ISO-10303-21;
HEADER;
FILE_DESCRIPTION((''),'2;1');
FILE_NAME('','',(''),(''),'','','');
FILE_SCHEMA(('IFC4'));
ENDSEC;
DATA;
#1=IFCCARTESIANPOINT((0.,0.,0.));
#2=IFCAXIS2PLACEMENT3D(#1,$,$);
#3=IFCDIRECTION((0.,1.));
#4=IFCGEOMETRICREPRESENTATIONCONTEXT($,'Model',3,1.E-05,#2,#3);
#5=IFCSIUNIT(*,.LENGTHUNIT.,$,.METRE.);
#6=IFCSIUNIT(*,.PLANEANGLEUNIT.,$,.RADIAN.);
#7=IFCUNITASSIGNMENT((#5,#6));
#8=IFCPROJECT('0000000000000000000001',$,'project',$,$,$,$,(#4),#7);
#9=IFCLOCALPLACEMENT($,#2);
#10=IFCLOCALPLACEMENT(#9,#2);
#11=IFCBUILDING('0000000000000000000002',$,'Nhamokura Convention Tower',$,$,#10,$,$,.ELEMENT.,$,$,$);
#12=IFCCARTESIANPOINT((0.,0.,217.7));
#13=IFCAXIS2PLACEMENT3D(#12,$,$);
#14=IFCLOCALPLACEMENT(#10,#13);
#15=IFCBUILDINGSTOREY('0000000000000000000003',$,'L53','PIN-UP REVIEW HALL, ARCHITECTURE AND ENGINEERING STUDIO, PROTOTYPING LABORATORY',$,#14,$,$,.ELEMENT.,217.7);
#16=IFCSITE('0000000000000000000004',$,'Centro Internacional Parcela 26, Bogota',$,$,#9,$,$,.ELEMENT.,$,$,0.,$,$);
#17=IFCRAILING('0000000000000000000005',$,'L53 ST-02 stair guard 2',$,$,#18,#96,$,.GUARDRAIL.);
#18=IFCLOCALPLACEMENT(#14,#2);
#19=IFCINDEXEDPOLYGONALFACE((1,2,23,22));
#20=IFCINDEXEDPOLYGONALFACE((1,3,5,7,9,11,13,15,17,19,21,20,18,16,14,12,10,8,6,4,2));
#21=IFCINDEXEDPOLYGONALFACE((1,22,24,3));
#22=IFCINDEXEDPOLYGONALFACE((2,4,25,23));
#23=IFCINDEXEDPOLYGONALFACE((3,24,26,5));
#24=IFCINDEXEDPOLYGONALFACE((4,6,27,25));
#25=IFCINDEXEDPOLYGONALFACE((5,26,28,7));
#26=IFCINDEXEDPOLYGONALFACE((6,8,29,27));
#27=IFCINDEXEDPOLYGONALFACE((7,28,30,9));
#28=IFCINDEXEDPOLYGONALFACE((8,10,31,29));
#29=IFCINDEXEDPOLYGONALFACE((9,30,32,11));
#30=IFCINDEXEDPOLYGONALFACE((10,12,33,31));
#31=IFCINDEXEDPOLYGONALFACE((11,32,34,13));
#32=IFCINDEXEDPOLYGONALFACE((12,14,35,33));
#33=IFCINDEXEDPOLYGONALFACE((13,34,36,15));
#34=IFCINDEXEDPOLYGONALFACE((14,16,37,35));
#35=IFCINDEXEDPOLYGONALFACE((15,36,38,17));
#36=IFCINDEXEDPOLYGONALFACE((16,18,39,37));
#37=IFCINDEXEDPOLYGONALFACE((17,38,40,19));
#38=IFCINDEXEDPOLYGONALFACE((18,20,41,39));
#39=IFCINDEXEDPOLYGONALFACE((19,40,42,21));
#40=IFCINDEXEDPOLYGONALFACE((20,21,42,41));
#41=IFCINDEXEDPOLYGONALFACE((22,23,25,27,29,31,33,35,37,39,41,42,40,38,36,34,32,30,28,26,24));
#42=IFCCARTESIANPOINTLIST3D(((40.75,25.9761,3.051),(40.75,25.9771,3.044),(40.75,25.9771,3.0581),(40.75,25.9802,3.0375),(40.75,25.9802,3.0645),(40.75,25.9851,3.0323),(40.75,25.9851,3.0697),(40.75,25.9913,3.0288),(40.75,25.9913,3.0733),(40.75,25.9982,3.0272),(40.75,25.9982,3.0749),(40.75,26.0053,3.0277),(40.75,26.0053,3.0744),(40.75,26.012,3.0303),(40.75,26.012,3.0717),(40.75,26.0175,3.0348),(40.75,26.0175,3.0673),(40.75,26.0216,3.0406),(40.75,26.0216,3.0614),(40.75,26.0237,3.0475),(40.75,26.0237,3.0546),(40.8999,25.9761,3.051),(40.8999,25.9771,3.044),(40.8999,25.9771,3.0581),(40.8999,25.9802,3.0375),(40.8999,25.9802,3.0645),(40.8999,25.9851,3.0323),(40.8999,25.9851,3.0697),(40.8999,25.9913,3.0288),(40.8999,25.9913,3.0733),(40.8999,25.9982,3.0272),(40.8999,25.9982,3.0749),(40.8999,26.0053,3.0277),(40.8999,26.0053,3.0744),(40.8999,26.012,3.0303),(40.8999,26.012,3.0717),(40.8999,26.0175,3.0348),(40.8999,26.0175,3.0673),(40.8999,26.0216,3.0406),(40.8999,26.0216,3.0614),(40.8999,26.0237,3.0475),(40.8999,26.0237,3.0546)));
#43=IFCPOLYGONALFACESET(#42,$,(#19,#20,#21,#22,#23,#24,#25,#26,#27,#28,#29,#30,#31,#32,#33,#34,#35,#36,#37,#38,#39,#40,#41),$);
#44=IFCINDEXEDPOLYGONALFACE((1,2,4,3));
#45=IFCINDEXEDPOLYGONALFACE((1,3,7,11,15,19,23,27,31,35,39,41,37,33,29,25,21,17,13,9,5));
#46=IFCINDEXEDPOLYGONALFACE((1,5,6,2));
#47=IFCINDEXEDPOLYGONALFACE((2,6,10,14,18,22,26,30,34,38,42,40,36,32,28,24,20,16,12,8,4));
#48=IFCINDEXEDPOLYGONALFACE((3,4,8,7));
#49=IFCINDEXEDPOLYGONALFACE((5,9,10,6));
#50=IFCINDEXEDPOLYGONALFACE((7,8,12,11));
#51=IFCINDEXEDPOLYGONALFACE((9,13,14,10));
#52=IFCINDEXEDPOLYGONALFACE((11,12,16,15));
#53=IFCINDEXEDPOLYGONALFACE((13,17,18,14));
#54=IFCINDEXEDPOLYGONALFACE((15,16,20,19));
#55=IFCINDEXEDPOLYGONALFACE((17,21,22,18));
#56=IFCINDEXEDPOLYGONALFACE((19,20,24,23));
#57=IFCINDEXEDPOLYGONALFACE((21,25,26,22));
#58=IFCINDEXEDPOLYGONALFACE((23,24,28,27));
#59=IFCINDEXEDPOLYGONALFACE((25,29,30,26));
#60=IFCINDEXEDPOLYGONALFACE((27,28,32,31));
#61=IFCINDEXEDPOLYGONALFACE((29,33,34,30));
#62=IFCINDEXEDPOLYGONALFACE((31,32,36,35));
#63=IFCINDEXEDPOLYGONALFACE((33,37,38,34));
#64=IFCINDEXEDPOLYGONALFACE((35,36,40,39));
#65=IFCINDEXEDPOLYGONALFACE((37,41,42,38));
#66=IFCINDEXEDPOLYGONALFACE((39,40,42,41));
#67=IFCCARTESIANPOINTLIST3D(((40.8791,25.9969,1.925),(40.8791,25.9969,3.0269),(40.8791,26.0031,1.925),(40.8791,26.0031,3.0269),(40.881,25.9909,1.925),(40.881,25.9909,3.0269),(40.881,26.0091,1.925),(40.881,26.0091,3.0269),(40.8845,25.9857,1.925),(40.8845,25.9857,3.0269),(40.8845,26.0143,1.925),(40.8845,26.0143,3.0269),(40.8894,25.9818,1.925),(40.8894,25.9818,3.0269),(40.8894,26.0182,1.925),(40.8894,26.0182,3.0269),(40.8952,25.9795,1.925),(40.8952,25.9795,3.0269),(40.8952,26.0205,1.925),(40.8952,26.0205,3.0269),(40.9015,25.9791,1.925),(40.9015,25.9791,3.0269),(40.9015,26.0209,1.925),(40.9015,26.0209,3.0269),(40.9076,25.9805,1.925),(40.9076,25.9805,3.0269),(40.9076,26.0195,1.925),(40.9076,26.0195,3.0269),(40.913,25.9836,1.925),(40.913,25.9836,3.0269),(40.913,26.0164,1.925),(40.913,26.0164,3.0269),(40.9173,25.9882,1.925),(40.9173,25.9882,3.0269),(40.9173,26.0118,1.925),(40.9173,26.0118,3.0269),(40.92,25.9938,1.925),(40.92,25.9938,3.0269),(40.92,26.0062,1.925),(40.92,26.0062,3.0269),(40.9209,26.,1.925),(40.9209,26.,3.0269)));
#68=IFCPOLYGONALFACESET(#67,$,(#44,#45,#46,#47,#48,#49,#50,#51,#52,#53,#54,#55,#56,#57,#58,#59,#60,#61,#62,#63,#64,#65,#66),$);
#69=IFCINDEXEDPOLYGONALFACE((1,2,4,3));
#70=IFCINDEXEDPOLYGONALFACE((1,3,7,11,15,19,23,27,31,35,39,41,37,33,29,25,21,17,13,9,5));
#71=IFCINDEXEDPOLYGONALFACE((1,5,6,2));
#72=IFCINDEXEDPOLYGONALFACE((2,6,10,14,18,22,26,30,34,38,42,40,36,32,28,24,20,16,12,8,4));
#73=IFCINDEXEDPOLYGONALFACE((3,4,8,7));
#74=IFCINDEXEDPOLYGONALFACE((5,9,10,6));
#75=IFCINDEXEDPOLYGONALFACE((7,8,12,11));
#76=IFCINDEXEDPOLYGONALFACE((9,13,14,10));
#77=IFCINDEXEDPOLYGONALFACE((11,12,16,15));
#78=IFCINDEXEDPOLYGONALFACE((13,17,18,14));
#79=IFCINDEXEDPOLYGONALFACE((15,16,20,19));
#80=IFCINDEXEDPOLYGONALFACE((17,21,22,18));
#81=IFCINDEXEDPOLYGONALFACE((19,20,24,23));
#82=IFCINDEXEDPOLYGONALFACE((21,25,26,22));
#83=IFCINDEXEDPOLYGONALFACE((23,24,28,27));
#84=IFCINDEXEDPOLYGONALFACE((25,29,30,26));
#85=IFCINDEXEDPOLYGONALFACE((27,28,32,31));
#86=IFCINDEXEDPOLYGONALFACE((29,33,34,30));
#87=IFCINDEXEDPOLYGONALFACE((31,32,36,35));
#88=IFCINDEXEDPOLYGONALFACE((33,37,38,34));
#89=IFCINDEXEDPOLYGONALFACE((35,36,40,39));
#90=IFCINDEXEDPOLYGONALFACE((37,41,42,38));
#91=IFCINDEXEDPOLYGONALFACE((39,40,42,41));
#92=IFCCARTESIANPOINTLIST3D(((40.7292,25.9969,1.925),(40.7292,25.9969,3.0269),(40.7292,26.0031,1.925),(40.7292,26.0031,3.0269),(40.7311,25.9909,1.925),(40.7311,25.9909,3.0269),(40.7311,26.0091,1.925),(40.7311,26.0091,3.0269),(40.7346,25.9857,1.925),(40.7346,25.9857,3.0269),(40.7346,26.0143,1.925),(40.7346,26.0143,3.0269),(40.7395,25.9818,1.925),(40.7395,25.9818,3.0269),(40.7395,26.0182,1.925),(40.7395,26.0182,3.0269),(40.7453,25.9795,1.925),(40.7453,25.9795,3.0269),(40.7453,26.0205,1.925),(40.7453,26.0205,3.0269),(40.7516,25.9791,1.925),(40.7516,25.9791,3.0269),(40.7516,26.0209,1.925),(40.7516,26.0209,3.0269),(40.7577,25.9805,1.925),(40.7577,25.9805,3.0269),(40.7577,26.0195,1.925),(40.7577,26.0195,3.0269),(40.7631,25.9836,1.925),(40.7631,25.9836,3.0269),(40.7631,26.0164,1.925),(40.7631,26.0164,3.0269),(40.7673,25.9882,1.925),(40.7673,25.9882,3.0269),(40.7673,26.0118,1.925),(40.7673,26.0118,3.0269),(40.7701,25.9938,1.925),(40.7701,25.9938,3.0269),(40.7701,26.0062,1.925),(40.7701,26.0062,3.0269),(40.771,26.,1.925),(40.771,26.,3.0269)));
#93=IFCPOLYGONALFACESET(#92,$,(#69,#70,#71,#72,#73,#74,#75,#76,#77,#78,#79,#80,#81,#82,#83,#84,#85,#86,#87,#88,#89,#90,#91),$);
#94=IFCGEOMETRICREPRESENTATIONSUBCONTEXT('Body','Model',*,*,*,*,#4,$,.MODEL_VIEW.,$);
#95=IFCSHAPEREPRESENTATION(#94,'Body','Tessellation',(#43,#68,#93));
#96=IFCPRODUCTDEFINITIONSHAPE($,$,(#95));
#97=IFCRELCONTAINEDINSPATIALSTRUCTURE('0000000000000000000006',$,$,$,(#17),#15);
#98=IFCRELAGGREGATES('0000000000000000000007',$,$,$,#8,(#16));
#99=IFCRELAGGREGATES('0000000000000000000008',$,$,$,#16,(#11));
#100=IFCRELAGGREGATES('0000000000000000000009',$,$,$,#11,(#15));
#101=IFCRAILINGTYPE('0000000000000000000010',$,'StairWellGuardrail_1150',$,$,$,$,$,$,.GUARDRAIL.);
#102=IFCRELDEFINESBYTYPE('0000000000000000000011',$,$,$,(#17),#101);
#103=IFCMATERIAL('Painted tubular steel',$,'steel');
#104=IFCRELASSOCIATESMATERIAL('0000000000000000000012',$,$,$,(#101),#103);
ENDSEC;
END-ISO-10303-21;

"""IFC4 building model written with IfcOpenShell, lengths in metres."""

from ifc_helpers import new_model, si_unit, direction, frame, origin, origin_2d, place, context, subcontext, project, spatial, circle, extrude, material, type_object, element, save


model = new_model("IFC4")

# Units and contexts
model_context = context("Model", 3, precision=1e-05, world=origin(), true_north=direction((0.0, 1.0)))
body_context = subcontext(model_context, "Body", "Model", "MODEL_VIEW")
ifc_project = project(units=[si_unit("LENGTHUNIT", "METRE"), si_unit("PLANEANGLEUNIT", "RADIAN")], contexts=[model_context])

# Site, building, storey
site_placement = place(None, origin())
site = spatial("IfcSite", under=ifc_project, at=site_placement, Name="Centro Internacional Parcela 26, Bogota", CompositionType="ELEMENT", RefElevation=0.0)
building_placement = place(site_placement, origin())
building = spatial("IfcBuilding", under=site, at=building_placement, Name="Nhamokura Convention Tower", CompositionType="ELEMENT")
storey_placement = place(building_placement, frame((0.0, 0.0, 217.7)))
storey = spatial("IfcBuildingStorey", under=building, at=storey_placement, Name="L53", Description="PIN-UP REVIEW HALL, ARCHITECTURE AND ENGINEERING STUDIO, PROTOTYPING LABORATORY", CompositionType="ELEMENT", Elevation=217.7)

# Railing
ifc_material_1 = material(Name="Painted tubular steel", Category="steel")
railing_type_1 = type_object("IfcRailingType", Name="StairWellGuardrail_1150", PredefinedType="GUARDRAIL", material=ifc_material_1)
railing_1_placement = place(storey_placement, frame((40.8999, 26.0, 1.925)))
element("IfcRailing", 1, at=railing_1_placement, inside=storey, type_object=railing_type_1, Name="L53 ST-02 stair guard 2", PredefinedType="GUARDRAIL", context=body_context, shape_type="SweptSolid", body=[
    extrude(circle(Radius=0.0239, at=origin_2d()), frame((0.0, 0.0, 1.126), z_axis=(-1.0, 0.0, 0.0), x_axis=(0.0, -1.0, 0.0)), (0.0, 0.0, 1.0), 0.1499),
    extrude(circle(Radius=0.021, at=origin_2d()), origin(), (0.0, 0.0, 1.0), 1.1018),
    extrude(circle(Radius=0.021, at=origin_2d()), frame((-0.1499, 0.0, 0.0)), (0.0, 0.0, 1.0), 1.1018),
])

save(model, "model.ifc")
